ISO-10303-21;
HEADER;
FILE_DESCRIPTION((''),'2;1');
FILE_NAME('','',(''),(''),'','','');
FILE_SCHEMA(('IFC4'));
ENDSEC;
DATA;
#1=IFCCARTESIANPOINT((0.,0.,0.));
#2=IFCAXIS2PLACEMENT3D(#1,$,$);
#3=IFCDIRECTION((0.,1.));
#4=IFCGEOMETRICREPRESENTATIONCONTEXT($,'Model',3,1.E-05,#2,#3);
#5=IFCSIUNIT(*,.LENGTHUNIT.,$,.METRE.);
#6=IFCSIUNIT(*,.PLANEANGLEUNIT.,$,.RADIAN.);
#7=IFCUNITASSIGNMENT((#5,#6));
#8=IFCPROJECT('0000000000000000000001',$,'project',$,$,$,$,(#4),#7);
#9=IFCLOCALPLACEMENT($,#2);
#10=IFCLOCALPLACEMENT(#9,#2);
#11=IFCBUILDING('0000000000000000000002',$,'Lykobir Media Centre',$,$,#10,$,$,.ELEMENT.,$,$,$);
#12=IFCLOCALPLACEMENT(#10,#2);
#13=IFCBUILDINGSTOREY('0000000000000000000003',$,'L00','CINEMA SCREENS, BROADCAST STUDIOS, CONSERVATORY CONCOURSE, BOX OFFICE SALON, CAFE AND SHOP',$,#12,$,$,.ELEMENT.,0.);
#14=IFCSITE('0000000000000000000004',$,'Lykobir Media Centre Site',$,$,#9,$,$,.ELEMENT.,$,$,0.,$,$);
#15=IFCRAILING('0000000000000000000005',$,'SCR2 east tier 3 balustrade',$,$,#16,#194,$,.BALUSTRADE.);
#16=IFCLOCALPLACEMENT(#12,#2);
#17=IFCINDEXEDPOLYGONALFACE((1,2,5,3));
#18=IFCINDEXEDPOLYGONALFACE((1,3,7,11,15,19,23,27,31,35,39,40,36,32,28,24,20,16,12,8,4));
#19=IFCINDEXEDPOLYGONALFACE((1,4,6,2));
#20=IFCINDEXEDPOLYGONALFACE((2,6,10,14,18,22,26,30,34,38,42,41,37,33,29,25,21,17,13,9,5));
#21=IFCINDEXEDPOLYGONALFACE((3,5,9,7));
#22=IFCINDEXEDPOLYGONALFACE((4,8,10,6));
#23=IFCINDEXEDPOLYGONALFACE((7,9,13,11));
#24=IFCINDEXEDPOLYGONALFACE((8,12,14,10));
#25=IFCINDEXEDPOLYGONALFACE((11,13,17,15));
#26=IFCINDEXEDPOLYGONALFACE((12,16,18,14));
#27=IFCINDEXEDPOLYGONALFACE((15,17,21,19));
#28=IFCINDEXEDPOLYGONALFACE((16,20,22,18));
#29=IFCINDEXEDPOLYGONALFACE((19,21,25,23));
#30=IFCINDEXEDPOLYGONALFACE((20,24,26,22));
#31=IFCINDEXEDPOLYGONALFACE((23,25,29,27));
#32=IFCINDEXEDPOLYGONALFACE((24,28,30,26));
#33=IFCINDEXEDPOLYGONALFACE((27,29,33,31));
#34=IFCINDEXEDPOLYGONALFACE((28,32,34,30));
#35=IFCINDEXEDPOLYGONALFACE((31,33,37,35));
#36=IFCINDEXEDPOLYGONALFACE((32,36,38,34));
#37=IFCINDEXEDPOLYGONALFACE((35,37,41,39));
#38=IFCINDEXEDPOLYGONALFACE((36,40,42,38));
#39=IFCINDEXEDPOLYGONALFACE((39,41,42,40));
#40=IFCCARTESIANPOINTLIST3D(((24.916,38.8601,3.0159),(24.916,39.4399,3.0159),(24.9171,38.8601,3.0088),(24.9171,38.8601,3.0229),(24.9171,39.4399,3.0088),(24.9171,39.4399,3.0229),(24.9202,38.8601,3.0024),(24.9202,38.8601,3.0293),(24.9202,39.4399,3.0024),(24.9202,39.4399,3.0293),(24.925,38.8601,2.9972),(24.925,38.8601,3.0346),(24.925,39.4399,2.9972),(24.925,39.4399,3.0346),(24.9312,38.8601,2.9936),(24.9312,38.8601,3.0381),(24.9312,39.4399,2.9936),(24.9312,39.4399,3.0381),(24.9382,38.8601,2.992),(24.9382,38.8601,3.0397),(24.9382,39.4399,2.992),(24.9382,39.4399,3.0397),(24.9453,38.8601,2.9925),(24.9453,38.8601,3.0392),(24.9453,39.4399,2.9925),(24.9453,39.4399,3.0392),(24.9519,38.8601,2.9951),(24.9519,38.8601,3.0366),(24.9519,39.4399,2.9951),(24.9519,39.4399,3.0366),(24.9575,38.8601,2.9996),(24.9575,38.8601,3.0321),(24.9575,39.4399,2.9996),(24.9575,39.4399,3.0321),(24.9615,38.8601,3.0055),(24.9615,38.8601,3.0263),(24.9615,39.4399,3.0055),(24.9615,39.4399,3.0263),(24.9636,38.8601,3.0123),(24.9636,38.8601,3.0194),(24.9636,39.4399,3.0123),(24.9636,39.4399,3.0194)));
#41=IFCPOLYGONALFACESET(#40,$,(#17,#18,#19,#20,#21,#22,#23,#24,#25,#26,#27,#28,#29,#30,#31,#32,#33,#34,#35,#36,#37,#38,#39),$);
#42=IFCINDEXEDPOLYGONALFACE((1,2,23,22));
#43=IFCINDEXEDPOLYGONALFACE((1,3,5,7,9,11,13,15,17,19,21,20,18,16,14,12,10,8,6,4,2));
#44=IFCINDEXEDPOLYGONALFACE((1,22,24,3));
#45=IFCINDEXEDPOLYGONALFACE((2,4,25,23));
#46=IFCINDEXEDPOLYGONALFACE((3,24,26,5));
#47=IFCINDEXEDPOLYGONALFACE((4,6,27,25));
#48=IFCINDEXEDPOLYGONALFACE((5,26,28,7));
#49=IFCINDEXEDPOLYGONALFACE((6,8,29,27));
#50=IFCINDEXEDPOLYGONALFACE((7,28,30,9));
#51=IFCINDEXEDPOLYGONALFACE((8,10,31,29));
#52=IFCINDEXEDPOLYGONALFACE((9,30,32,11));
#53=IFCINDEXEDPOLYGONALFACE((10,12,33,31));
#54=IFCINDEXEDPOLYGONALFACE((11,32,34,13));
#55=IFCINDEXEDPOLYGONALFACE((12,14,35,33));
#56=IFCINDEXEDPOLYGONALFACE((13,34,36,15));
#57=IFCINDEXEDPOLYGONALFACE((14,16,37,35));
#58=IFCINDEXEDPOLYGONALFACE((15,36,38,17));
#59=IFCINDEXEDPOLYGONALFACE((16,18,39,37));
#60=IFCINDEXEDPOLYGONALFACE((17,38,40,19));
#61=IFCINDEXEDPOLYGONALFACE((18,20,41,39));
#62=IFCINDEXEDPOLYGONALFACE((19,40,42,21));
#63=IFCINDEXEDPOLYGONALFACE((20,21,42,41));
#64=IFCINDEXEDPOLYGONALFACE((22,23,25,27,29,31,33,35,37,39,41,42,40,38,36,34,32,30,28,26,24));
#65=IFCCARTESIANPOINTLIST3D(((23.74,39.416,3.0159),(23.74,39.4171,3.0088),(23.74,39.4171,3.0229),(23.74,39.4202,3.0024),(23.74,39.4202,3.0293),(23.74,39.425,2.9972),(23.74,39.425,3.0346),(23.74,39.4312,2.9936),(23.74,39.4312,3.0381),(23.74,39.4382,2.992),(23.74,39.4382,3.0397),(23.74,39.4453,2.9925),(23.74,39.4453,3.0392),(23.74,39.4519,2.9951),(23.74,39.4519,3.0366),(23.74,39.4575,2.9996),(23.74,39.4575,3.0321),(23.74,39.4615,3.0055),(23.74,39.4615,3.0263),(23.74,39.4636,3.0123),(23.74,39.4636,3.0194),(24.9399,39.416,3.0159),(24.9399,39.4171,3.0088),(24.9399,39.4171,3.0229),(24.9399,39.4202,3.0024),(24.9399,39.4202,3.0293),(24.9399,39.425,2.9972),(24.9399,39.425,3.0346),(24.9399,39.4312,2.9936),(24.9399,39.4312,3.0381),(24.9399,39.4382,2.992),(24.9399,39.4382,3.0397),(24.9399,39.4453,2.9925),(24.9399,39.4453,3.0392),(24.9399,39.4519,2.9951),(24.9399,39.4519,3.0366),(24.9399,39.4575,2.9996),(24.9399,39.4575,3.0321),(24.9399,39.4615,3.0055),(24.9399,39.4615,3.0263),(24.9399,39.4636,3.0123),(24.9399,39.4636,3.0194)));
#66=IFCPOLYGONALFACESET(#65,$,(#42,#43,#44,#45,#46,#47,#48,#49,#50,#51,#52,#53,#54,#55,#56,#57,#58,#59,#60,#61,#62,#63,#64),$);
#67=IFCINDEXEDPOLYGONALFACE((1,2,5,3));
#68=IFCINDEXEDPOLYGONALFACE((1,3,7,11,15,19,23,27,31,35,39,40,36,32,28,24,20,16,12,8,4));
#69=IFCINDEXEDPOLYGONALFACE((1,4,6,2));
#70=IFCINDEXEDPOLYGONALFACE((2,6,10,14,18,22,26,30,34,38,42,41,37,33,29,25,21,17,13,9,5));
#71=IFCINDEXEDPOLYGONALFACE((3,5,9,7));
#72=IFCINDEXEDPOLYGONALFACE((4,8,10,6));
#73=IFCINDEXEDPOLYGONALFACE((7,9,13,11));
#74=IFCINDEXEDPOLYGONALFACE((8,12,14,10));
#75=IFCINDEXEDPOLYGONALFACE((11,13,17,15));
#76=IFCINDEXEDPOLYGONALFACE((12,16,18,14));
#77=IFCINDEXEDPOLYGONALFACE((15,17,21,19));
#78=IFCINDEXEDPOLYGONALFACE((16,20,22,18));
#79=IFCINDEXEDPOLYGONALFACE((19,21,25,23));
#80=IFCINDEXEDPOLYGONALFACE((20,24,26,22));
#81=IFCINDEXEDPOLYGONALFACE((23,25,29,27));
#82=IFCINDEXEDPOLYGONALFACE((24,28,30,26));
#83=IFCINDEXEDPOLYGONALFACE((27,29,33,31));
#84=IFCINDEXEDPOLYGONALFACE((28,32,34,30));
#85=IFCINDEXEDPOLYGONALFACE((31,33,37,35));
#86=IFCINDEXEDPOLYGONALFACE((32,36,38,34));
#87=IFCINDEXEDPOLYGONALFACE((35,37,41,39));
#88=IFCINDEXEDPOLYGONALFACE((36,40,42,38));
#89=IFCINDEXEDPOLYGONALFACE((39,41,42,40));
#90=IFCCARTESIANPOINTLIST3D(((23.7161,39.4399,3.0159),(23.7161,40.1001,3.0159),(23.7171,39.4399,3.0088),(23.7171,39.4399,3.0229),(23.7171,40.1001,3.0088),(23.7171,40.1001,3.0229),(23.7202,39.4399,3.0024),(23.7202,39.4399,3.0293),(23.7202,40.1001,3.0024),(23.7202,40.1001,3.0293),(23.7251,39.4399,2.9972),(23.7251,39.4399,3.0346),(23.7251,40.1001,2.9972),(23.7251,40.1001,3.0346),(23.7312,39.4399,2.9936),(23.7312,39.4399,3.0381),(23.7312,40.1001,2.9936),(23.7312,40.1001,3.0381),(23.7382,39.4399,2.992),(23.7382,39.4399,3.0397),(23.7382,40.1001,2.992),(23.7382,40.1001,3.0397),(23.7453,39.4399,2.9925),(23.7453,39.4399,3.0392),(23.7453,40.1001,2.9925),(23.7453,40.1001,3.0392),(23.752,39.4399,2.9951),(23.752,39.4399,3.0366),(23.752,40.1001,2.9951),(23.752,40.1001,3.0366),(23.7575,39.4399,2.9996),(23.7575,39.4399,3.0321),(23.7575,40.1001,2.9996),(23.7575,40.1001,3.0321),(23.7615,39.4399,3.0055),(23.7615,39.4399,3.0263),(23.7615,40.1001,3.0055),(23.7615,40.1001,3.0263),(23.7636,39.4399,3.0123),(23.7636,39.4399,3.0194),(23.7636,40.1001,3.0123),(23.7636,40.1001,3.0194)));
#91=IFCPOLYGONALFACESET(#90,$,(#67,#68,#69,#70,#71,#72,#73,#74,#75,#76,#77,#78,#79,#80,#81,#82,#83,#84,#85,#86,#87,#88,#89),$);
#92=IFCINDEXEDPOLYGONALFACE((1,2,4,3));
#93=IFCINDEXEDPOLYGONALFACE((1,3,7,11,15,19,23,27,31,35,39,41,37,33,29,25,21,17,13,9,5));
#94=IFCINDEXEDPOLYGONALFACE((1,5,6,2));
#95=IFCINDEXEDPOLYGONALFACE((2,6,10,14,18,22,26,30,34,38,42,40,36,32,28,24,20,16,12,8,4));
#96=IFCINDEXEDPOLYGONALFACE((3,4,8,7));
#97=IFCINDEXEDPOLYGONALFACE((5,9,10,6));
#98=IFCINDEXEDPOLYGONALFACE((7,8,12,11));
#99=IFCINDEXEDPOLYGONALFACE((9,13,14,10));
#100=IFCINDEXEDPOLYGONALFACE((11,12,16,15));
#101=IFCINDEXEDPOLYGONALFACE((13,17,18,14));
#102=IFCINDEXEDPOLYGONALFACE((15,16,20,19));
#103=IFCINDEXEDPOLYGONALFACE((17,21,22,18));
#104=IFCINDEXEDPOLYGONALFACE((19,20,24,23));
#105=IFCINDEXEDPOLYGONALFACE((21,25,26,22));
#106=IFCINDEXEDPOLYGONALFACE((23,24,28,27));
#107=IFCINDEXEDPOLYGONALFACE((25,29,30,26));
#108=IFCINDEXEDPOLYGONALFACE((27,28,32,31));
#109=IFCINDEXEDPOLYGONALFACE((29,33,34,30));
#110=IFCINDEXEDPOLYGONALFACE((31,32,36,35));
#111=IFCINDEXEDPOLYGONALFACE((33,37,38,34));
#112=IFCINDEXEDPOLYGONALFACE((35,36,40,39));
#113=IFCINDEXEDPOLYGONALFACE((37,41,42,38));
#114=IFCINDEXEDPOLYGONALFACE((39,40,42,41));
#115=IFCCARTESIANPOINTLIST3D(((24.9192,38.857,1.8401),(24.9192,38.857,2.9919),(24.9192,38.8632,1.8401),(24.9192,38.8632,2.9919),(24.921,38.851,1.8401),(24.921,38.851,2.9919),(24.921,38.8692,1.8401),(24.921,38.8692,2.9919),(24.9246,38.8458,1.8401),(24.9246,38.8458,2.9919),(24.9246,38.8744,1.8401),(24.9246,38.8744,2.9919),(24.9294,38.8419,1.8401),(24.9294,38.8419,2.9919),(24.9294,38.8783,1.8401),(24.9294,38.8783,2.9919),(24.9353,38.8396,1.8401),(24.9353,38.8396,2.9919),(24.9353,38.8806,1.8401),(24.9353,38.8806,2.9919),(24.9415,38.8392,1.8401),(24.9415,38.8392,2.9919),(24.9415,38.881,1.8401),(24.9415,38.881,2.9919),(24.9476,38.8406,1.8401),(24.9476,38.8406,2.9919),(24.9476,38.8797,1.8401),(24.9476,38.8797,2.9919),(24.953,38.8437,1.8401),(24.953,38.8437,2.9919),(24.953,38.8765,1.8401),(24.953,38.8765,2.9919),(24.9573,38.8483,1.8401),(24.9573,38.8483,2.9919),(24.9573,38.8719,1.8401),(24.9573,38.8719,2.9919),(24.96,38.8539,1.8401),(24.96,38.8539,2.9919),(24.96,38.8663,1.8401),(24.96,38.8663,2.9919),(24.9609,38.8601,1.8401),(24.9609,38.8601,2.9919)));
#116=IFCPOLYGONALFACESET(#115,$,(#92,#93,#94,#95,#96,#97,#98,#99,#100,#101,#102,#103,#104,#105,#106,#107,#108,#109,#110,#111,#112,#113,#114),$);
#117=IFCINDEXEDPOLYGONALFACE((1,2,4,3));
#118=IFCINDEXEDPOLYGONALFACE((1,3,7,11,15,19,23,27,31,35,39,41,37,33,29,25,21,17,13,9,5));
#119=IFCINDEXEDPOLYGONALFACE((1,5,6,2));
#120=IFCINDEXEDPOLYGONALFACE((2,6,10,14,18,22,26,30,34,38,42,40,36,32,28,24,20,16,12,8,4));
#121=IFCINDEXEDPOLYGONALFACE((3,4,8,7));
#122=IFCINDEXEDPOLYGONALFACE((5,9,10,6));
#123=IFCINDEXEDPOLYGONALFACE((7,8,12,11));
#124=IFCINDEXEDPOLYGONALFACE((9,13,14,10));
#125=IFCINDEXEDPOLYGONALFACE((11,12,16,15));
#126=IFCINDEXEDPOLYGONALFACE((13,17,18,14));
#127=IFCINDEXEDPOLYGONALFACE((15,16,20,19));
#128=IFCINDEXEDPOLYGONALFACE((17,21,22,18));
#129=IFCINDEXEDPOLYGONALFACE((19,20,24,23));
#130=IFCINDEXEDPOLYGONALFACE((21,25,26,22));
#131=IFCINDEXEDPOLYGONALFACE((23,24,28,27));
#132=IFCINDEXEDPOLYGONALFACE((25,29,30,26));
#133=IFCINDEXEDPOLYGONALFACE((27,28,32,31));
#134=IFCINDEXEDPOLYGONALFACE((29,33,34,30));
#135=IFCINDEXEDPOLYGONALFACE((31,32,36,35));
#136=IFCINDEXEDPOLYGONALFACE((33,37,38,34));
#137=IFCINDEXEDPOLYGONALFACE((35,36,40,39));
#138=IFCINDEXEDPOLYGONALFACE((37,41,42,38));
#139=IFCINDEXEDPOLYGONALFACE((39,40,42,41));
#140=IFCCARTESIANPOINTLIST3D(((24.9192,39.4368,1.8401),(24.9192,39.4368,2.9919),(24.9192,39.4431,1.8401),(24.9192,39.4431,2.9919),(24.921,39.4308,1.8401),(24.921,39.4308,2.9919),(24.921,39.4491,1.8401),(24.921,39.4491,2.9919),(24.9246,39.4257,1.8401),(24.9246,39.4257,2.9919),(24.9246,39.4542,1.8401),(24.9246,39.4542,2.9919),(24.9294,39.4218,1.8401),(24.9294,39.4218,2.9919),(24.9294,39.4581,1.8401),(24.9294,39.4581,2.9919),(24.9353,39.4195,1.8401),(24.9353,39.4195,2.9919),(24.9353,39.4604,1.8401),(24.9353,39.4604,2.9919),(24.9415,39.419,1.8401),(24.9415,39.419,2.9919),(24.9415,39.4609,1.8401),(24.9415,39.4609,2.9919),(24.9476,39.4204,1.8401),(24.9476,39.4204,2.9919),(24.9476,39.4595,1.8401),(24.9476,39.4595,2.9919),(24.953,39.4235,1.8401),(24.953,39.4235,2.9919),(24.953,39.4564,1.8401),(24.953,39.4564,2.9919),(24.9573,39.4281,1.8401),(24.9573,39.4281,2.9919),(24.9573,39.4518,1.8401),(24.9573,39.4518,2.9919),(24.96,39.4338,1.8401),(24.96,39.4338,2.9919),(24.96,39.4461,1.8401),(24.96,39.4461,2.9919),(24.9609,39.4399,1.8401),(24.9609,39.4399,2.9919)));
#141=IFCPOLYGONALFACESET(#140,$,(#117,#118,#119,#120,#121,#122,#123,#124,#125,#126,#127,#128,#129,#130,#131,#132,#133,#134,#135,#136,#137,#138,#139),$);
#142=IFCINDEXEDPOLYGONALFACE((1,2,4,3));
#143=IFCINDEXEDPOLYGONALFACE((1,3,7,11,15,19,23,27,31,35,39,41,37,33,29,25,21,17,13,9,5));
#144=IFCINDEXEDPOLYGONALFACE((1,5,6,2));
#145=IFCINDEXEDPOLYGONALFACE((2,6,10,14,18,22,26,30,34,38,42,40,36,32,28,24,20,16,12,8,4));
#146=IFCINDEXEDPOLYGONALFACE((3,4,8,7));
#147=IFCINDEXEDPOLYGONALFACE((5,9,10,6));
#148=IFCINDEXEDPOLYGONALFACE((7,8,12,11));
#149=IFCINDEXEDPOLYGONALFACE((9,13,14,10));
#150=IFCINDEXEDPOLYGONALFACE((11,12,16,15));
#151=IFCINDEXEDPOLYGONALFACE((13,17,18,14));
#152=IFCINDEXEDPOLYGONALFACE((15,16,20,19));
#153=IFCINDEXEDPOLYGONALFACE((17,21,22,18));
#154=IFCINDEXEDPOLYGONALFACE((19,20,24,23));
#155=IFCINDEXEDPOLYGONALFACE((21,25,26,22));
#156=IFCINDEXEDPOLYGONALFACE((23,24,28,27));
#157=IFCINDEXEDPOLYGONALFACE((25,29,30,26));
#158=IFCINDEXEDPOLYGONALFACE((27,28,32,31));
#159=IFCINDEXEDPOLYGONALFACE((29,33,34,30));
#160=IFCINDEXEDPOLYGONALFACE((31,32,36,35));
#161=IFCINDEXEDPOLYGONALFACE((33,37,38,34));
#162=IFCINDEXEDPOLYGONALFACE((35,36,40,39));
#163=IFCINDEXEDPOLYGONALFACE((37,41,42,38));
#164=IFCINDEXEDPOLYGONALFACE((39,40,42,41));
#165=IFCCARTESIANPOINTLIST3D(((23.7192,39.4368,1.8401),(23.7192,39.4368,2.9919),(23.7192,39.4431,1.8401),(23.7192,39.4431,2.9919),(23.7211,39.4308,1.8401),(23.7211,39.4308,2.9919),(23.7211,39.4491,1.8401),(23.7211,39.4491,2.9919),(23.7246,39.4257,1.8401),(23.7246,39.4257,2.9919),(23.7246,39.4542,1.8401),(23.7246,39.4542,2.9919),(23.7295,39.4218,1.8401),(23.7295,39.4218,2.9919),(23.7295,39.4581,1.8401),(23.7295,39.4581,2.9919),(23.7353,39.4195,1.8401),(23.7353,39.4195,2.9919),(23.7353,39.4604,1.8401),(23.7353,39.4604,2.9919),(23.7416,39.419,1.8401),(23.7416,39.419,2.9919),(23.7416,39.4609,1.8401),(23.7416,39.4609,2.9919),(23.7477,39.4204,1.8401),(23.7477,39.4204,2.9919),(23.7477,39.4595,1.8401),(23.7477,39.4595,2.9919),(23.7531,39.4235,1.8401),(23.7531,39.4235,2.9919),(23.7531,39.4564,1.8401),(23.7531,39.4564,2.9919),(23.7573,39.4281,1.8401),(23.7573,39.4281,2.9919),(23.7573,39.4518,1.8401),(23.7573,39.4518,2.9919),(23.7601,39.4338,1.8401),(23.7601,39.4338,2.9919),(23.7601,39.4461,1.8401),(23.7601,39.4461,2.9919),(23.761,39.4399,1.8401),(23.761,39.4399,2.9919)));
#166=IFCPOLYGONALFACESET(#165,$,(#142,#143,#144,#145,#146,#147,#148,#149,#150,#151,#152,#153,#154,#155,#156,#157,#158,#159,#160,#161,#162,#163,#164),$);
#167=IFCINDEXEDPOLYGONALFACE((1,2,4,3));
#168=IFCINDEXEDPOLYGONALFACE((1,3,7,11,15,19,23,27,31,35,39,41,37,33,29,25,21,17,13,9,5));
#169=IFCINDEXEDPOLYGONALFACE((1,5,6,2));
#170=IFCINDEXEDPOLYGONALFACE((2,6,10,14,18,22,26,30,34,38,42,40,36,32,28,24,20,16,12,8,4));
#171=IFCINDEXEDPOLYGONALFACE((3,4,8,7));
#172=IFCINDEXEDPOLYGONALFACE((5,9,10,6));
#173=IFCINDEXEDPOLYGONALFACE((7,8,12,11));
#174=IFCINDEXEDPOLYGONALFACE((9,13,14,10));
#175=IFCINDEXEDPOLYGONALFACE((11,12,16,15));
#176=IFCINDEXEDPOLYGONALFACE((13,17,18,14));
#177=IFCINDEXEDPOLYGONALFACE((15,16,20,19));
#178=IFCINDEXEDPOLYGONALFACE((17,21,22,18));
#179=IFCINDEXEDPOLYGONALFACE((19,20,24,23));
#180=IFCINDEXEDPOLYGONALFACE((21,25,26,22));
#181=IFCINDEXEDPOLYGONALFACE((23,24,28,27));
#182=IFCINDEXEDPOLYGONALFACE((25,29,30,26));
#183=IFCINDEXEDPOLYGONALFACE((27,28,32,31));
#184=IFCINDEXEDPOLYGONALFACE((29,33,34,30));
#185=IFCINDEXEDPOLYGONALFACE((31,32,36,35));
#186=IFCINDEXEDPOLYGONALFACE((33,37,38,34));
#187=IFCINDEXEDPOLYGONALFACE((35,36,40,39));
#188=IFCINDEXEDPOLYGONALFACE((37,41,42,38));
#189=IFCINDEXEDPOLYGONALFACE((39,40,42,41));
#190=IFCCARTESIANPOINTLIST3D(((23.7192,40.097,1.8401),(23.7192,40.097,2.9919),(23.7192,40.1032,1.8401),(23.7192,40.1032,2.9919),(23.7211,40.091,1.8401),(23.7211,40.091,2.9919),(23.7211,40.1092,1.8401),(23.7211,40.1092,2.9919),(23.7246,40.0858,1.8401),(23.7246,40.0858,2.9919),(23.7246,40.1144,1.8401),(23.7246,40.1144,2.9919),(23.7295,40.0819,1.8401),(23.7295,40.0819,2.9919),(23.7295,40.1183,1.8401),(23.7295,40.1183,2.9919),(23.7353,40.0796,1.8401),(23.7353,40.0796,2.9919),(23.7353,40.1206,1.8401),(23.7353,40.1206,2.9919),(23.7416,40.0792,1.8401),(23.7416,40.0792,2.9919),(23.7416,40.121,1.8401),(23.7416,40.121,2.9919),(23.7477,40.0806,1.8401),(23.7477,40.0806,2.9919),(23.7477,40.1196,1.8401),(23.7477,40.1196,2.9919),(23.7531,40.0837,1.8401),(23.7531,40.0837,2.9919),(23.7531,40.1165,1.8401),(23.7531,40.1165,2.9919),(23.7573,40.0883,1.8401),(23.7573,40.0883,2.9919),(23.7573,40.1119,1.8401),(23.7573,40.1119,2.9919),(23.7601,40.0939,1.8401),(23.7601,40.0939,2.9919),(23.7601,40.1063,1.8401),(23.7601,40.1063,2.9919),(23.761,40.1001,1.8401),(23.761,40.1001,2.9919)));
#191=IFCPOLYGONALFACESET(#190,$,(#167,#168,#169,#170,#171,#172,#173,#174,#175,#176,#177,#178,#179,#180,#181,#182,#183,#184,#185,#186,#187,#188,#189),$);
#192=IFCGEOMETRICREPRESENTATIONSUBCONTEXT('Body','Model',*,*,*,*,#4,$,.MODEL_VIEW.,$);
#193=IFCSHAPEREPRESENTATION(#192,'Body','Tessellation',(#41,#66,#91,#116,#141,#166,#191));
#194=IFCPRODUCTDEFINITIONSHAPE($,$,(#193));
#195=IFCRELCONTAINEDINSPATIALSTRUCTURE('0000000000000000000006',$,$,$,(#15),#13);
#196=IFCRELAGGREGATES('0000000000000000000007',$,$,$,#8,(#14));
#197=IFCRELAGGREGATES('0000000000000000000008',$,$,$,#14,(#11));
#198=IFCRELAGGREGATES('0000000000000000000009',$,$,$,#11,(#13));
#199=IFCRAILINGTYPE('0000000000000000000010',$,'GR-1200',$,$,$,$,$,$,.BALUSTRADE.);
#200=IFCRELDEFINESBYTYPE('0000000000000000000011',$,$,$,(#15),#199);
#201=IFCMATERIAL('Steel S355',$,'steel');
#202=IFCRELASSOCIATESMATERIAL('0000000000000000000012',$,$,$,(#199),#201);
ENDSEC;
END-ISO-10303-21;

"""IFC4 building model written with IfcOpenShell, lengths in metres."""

from ifc_helpers import new_model, si_unit, direction, frame, origin, origin_2d, place, context, subcontext, project, spatial, circle, extrude, material, type_object, element, save


model = new_model("IFC4")

# Units and contexts
model_context = context("Model", 3, precision=1e-05, world=origin(), true_north=direction((0.0, 1.0)))
body_context = subcontext(model_context, "Body", "Model", "MODEL_VIEW")
ifc_project = project(units=[si_unit("LENGTHUNIT", "METRE"), si_unit("PLANEANGLEUNIT", "RADIAN")], contexts=[model_context])

# Site, building, storey
site_placement = place(None, origin())
site = spatial("IfcSite", under=ifc_project, at=site_placement, Name="Lykobir Media Centre Site", CompositionType="ELEMENT", RefElevation=0.0)
building_placement = place(site_placement, origin())
building = spatial("IfcBuilding", under=site, at=building_placement, Name="Lykobir Media Centre", CompositionType="ELEMENT")
storey_placement = place(building_placement, origin())
storey = spatial("IfcBuildingStorey", under=building, at=storey_placement, Name="L00", Description="CINEMA SCREENS, BROADCAST STUDIOS, CONSERVATORY CONCOURSE, BOX OFFICE SALON, CAFE AND SHOP", CompositionType="ELEMENT", Elevation=0.0)

# Shared definitions
ifc_material_1 = material(Name="Steel S355", Category="steel")

# Railing
railing_type = type_object("IfcRailingType", Name="GR-1200", PredefinedType="BALUSTRADE", material=ifc_material_1)
railing_1_placement = place(storey_placement, frame((24.9399, 38.8601, 1.8401)))
element("IfcRailing", 1, at=railing_1_placement, inside=storey, type_object=railing_type, Name="SCR2 east tier 3 balustrade", PredefinedType="BALUSTRADE", context=body_context, shape_type="SweptSolid", body=[
    extrude(circle(Radius=0.0239, at=origin_2d()), frame((0.0, 0.0, 1.1758), z_axis=(0.0, 1.0, 0.0), x_axis=(-1.0, 0.0, 0.0)), (0.0, 0.0, 1.0), 0.5798),
    extrude(circle(Radius=0.0239, at=origin_2d()), frame((0.0, 0.5798, 1.1758), z_axis=(-1.0, 0.0, 0.0), x_axis=(0.0, -1.0, 0.0)), (0.0, 0.0, 1.0), 1.2),
    extrude(circle(Radius=0.0239, at=origin_2d()), frame((-1.2, 0.5798, 1.1758), z_axis=(0.0, 1.0, 0.0), x_axis=(-1.0, 0.0, 0.0)), (0.0, 0.0, 1.0), 0.6602),
    extrude(circle(Radius=0.021, at=origin_2d()), origin(), (0.0, 0.0, 1.0), 1.1519),
    extrude(circle(Radius=0.021, at=origin_2d()), frame((0.0, 0.5798, 0.0)), (0.0, 0.0, 1.0), 1.1519),
    extrude(circle(Radius=0.021, at=origin_2d()), frame((-1.2, 0.5798, 0.0)), (0.0, 0.0, 1.0), 1.1519),
    extrude(circle(Radius=0.021, at=origin_2d()), frame((-1.2, 1.24, 0.0)), (0.0, 0.0, 1.0), 1.1519),
])

save(model, "model.ifc")
